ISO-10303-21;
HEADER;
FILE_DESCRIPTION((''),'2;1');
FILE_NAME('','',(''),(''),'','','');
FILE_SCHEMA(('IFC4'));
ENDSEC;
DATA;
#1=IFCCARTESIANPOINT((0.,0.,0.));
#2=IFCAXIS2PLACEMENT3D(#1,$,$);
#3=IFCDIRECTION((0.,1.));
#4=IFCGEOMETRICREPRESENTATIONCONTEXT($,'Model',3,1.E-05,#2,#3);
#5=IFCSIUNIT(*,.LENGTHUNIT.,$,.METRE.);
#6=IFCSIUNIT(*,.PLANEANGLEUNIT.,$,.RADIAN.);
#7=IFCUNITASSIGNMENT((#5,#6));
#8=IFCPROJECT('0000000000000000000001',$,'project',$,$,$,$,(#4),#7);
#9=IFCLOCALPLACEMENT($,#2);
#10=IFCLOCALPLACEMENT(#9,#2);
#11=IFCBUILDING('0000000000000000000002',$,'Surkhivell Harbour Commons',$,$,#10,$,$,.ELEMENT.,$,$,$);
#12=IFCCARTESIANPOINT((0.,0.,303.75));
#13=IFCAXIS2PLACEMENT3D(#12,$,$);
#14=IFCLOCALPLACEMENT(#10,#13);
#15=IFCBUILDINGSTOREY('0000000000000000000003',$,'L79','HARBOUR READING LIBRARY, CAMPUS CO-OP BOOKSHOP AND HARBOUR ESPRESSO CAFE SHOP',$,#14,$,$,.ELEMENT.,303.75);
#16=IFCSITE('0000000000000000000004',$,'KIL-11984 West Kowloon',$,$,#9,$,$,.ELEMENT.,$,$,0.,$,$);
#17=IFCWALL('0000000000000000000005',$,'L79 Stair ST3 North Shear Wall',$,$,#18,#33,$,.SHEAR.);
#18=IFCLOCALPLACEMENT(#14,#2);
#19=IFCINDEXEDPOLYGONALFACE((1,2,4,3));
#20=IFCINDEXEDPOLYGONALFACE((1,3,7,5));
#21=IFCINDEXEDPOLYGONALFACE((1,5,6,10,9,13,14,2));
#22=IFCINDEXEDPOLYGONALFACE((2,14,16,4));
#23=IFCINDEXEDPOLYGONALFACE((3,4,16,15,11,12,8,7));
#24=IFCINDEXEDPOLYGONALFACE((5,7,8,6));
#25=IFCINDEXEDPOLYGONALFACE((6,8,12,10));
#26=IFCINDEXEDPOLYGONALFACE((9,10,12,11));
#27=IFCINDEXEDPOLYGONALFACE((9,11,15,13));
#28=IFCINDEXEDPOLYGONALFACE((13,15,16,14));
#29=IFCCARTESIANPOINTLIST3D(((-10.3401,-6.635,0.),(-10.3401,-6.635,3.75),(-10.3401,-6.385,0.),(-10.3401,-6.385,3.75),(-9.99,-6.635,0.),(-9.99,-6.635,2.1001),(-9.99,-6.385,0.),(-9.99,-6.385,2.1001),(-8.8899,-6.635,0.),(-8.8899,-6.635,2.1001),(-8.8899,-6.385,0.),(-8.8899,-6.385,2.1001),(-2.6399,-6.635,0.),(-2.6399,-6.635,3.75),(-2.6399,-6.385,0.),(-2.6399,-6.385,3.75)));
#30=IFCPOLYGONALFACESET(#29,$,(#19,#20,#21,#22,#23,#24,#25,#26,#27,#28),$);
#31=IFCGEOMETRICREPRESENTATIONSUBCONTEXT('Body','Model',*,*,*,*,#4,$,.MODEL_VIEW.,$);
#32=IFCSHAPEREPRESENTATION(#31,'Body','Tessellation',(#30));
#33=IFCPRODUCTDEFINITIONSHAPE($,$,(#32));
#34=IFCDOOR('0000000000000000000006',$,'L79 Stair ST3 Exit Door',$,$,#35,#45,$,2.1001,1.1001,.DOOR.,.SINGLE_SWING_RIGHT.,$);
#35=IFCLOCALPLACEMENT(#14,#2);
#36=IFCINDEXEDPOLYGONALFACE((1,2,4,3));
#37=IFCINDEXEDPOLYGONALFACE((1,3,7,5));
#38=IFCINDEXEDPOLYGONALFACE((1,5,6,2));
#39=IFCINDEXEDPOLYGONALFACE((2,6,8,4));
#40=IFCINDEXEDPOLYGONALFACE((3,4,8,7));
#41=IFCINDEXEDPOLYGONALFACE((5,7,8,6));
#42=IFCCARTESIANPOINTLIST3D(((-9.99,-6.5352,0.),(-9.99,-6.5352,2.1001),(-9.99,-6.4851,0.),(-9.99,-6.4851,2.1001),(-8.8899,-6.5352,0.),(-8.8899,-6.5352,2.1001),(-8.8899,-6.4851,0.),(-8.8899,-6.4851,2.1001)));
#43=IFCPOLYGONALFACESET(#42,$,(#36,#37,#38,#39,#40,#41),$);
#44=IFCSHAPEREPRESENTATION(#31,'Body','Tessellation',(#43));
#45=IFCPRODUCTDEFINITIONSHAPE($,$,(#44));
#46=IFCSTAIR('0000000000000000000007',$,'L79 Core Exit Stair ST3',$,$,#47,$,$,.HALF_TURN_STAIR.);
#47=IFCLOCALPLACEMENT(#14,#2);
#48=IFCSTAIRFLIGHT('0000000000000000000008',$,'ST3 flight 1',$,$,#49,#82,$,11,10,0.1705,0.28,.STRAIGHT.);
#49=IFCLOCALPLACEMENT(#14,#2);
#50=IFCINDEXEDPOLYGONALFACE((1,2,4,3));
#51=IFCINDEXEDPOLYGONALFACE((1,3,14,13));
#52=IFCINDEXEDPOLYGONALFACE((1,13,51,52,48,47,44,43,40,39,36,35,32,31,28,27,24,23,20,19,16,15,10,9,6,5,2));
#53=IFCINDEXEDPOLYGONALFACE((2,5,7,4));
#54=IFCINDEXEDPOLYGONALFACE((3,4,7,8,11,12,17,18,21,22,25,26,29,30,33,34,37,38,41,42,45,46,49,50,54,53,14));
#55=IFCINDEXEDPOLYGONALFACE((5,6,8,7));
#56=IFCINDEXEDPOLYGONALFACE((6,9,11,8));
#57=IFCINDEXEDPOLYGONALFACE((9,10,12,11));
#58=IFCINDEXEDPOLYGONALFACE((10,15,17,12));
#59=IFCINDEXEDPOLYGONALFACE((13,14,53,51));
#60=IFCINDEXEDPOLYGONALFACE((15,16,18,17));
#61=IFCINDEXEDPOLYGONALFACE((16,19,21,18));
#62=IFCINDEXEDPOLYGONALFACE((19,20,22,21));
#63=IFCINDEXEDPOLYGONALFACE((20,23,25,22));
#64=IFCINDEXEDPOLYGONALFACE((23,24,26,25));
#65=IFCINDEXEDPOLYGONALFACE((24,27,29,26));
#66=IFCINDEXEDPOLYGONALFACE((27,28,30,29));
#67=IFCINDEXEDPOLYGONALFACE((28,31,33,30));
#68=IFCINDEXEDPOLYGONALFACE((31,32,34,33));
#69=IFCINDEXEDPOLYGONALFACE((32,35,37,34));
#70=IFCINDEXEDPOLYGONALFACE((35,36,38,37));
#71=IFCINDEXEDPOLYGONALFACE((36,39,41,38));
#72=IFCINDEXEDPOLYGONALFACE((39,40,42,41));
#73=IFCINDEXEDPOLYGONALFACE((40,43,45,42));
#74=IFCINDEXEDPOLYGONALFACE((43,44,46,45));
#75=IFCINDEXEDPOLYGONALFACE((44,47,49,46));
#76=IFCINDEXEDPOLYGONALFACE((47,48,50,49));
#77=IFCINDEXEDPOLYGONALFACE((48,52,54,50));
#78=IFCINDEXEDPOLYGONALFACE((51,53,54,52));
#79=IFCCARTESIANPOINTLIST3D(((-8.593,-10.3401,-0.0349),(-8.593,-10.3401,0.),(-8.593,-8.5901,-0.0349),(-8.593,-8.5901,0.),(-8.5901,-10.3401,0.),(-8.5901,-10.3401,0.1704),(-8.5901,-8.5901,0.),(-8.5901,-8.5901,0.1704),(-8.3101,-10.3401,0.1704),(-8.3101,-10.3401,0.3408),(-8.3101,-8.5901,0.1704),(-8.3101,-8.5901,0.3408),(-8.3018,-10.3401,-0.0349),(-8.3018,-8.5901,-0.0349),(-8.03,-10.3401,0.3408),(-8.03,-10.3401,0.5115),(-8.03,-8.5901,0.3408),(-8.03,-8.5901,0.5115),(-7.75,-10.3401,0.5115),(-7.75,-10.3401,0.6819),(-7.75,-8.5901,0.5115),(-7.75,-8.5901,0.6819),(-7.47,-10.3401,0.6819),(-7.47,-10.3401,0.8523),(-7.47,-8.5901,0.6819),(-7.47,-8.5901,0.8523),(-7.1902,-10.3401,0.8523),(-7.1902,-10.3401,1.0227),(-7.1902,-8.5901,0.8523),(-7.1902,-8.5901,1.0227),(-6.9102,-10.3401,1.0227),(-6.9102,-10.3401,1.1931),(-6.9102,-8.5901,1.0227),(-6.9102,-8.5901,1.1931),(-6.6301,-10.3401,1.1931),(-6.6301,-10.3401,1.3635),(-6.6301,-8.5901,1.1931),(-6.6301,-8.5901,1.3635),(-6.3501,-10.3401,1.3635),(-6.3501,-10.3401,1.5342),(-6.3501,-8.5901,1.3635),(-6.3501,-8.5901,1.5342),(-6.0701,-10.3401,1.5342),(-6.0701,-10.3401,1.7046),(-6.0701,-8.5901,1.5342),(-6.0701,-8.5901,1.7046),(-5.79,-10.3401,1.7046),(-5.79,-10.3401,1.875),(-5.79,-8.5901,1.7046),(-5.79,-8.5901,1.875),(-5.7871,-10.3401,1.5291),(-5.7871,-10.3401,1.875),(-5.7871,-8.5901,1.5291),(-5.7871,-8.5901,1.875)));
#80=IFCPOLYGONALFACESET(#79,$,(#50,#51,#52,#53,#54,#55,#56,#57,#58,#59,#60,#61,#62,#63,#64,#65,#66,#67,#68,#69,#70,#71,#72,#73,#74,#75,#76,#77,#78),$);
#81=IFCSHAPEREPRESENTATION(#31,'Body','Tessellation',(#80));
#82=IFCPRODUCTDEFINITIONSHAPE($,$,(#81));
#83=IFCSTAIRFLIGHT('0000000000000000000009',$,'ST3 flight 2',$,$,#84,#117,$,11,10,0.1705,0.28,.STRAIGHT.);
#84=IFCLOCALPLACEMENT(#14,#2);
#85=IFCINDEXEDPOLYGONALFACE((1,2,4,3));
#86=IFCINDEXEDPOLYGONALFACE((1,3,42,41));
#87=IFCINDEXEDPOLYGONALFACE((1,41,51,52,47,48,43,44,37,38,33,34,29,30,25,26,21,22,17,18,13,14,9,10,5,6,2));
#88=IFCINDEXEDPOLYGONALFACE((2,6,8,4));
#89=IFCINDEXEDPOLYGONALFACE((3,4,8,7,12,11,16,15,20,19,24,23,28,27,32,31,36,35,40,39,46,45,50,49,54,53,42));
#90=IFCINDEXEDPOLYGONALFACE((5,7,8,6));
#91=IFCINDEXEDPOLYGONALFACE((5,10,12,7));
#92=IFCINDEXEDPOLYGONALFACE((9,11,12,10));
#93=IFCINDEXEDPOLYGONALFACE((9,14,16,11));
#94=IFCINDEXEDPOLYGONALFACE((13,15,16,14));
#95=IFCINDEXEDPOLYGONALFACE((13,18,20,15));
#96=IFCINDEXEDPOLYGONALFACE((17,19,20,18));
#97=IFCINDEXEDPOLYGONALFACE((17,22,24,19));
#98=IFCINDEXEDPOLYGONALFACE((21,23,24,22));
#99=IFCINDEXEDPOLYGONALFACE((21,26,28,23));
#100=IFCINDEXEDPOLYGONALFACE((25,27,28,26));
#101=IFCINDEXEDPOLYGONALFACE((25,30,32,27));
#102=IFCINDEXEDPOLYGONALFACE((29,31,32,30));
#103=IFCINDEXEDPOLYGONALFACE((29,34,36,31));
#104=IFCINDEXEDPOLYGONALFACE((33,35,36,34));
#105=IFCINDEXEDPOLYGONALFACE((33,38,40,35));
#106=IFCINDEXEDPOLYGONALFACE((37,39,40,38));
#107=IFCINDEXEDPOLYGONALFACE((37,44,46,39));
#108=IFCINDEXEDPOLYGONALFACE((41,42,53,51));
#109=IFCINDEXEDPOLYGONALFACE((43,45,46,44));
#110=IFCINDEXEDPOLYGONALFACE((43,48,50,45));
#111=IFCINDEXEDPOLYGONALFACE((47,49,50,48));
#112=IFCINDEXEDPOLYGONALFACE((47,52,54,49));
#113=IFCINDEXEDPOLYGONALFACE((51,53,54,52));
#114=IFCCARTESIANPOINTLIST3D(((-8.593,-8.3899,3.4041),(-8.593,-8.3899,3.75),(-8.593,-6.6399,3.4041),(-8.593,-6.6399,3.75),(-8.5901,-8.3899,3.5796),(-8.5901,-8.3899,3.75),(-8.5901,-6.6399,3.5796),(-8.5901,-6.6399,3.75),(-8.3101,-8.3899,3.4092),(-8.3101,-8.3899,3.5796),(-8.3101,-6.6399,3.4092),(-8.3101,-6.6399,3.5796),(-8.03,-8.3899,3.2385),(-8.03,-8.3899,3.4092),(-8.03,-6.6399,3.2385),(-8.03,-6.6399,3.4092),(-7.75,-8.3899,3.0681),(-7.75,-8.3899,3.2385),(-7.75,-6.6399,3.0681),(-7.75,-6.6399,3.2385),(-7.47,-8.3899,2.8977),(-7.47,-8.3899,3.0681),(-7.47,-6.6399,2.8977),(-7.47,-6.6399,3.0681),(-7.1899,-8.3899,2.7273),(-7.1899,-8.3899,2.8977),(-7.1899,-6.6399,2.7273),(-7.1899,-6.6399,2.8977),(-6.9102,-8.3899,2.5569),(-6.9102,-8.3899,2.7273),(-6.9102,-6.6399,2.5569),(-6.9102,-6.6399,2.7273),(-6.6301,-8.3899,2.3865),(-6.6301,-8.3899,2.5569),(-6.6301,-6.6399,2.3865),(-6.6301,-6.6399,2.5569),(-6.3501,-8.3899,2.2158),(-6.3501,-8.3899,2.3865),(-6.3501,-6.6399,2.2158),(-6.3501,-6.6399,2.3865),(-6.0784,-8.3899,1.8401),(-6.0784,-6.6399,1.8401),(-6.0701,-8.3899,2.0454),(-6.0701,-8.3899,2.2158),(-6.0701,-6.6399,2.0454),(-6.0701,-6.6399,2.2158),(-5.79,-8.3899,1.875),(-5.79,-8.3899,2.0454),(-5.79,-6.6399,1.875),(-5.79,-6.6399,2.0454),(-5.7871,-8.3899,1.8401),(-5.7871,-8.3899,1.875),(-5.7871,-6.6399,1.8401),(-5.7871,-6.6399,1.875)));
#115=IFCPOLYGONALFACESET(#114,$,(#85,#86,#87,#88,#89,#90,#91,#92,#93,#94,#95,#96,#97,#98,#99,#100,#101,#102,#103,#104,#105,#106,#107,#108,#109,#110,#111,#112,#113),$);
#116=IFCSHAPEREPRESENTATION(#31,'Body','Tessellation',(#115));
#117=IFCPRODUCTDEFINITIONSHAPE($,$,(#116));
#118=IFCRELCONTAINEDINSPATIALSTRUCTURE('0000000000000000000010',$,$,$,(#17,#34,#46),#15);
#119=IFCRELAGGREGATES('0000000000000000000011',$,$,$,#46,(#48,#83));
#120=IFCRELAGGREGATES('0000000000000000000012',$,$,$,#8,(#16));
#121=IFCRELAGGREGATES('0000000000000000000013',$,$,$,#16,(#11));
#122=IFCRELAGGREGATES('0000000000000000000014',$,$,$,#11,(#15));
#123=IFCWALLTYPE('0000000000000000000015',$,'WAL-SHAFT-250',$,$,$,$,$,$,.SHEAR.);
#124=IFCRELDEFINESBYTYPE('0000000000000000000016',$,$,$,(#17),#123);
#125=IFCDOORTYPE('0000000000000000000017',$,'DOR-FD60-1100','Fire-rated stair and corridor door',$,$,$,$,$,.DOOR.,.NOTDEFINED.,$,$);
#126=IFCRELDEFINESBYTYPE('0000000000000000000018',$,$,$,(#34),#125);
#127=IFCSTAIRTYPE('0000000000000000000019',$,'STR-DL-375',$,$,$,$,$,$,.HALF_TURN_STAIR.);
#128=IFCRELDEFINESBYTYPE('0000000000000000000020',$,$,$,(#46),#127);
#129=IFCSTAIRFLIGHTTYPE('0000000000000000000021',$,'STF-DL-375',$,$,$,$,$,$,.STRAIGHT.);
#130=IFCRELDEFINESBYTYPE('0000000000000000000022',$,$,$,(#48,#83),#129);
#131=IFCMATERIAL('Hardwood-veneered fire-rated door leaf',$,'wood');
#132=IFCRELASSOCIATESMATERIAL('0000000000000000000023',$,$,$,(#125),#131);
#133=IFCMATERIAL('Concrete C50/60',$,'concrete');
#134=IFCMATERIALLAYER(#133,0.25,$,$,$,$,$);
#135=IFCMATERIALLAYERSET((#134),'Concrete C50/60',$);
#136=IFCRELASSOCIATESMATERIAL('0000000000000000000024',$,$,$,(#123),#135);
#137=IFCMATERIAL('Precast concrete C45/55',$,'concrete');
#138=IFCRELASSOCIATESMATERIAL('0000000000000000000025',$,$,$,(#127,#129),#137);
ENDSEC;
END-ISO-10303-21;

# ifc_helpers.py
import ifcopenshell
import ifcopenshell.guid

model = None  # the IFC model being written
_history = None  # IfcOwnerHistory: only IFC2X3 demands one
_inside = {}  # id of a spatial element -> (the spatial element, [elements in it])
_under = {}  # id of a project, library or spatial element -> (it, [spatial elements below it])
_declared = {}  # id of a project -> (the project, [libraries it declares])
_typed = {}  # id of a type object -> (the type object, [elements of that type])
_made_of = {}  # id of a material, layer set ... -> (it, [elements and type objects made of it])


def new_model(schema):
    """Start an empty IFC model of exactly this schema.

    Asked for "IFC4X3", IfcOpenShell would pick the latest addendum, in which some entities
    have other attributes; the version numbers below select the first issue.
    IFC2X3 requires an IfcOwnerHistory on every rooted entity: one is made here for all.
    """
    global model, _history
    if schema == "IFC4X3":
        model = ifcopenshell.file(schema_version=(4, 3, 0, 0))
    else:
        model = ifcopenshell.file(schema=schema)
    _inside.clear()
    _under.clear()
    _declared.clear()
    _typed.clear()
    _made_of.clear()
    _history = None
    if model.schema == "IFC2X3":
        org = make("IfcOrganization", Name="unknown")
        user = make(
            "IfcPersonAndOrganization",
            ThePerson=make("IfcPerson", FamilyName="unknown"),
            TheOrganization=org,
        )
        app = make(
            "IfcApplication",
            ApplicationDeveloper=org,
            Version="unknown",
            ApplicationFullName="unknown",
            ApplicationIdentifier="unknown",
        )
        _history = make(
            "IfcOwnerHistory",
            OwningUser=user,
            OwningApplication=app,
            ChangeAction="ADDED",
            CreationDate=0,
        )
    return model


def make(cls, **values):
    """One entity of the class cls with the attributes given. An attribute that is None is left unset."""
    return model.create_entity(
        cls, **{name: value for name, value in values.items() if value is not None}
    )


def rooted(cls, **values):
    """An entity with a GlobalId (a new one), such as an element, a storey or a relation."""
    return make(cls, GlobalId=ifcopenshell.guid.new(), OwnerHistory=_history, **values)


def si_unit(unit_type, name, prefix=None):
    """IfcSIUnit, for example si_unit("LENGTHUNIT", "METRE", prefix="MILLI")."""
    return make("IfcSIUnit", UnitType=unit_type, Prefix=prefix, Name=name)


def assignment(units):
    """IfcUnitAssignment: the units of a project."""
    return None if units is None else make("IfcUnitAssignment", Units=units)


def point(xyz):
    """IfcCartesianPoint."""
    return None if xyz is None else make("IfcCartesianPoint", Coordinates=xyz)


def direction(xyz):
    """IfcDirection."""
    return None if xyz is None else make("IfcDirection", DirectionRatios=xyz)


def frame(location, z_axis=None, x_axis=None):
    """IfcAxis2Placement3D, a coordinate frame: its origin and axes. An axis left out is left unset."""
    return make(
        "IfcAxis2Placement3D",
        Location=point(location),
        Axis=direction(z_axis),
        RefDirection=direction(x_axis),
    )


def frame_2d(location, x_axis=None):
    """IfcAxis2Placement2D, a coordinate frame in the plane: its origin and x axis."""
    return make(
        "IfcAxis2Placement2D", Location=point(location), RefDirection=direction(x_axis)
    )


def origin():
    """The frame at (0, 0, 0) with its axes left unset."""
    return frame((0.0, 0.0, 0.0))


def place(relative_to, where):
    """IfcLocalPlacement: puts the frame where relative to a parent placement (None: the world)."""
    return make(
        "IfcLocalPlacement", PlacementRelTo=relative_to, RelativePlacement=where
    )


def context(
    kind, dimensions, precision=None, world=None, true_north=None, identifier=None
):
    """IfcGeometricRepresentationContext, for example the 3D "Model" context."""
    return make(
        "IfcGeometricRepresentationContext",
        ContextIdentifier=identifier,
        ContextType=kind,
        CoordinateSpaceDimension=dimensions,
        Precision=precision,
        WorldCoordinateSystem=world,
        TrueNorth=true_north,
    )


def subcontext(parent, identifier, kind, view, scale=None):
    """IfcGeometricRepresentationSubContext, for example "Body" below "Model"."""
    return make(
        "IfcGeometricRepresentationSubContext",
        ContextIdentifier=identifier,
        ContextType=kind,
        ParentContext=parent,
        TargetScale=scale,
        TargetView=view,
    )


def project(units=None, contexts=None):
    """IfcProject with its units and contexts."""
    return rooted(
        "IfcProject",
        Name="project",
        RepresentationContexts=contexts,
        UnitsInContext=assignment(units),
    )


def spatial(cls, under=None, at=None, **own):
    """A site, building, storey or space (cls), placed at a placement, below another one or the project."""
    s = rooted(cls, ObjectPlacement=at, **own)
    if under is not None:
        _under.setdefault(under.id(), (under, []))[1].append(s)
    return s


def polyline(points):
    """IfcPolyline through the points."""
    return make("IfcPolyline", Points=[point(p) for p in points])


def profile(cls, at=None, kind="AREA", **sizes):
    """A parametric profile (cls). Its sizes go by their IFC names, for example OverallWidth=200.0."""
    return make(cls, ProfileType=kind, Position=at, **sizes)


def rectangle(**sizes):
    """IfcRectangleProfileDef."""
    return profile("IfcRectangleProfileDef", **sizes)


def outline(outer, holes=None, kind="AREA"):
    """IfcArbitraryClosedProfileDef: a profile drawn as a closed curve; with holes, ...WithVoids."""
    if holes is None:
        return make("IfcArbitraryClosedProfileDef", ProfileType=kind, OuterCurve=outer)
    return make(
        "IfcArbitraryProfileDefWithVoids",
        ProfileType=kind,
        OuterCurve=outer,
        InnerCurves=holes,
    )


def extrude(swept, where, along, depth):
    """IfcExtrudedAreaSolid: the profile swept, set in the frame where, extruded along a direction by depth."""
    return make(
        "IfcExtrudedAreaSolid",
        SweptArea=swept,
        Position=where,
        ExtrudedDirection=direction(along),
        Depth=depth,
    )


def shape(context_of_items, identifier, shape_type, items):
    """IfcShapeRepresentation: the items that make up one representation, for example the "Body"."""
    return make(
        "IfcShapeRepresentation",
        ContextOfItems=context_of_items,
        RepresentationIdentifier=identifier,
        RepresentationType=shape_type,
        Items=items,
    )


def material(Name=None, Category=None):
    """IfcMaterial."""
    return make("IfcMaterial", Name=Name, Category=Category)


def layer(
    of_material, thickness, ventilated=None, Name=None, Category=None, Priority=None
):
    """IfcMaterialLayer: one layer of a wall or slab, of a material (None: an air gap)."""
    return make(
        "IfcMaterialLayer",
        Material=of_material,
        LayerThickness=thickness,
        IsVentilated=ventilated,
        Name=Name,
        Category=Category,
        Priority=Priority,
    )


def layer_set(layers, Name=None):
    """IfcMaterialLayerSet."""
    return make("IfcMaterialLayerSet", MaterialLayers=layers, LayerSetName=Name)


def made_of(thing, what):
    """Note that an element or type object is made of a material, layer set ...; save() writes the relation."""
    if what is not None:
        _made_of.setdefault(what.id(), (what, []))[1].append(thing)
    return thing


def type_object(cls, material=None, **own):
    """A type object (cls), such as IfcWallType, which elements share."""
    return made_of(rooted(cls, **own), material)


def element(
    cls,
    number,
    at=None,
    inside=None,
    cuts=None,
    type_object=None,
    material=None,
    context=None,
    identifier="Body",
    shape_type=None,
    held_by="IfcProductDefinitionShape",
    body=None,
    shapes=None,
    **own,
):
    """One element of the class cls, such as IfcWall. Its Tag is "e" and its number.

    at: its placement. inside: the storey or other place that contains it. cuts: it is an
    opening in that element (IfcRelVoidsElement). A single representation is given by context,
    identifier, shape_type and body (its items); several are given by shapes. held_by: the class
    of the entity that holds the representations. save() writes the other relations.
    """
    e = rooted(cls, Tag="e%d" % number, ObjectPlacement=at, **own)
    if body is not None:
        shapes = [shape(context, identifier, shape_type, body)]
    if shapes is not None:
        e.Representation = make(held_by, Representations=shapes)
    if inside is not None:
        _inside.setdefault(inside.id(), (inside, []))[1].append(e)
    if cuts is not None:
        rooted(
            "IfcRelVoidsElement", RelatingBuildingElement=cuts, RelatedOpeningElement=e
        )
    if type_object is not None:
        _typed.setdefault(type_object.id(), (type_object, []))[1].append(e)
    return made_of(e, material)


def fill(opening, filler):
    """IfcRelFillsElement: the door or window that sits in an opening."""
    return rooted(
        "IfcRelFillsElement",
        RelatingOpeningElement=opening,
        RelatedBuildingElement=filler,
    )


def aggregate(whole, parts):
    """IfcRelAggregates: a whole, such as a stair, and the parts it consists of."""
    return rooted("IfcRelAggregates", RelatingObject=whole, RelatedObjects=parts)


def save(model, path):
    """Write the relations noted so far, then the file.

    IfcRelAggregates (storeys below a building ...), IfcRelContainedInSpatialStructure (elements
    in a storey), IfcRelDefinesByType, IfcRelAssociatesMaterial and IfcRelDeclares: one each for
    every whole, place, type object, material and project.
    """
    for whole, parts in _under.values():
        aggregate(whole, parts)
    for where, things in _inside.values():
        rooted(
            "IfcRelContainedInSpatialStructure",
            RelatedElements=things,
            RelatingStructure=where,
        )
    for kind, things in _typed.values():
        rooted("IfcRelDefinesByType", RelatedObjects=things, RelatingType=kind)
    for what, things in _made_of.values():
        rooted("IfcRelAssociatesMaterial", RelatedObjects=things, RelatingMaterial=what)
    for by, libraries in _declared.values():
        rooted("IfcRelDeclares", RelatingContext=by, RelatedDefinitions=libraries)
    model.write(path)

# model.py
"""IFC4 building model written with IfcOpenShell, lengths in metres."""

from ifc_helpers import new_model, si_unit, direction, frame, frame_2d, origin, place, context, subcontext, project, spatial, polyline, rectangle, outline, extrude, material, layer, layer_set, type_object, element, fill, aggregate, save


model = new_model("IFC4")

# Units and contexts
model_context = context("Model", 3, precision=1e-05, world=origin(), true_north=direction((0.0, 1.0)))
body_context = subcontext(model_context, "Body", "Model", "MODEL_VIEW")
ifc_project = project(units=[si_unit("LENGTHUNIT", "METRE"), si_unit("PLANEANGLEUNIT", "RADIAN")], contexts=[model_context])

# Site, building, storey
site_placement = place(None, origin())
site = spatial("IfcSite", under=ifc_project, at=site_placement, Name="KIL-11984 West Kowloon", CompositionType="ELEMENT", RefElevation=0.0)
building_placement = place(site_placement, origin())
building = spatial("IfcBuilding", under=site, at=building_placement, Name="Surkhivell Harbour Commons", CompositionType="ELEMENT")
storey_placement = place(building_placement, frame((0.0, 0.0, 303.75)))
storey = spatial("IfcBuildingStorey", under=building, at=storey_placement, Name="L79", Description="HARBOUR READING LIBRARY, CAMPUS CO-OP BOOKSHOP AND HARBOUR ESPRESSO CAFE SHOP", CompositionType="ELEMENT", Elevation=303.75)

# Shared definitions
ifc_material_1 = material(Name="Concrete C50/60", Category="concrete")

# Shared definitions
ifc_material_2 = material(Name="Hardwood-veneered fire-rated door leaf", Category="wood")
door_type_1 = type_object("IfcDoorType", Name="DOR-FD60-1100", Description="Fire-rated stair and corridor door", OperationType="NOTDEFINED", PredefinedType="DOOR", material=ifc_material_2)

# Shared definitions
ifc_layer_1 = layer(ifc_material_1, 0.25)
ifc_layer_set_1 = layer_set([ifc_layer_1], Name="Concrete C50/60")
wall_type_1 = type_object("IfcWallType", Name="WAL-SHAFT-250", PredefinedType="SHEAR", material=ifc_layer_set_1)

# Wall, opening, door
wall_1_placement = place(storey_placement, frame((-10.3401, -6.51, 0.0), z_axis=(0.0, 0.0, 1.0), x_axis=(1.0, 0.0, 0.0)))
wall_1 = element("IfcWall", 1, at=wall_1_placement, inside=storey, type_object=wall_type_1, Name="L79 Stair ST3 North Shear Wall", PredefinedType="SHEAR", context=body_context, shape_type="SweptSolid", body=[
    extrude(rectangle(XDim=7.7002, YDim=0.25, at=frame_2d((3.8501, 0.0))), origin(), (0.0, 0.0, 1.0), 3.75),
])
opening_1_placement = place(wall_1_placement, frame((0.3501, 0.0, 0.0)))
opening_1 = element("IfcOpeningElement", 2, at=opening_1_placement, cuts=wall_1, PredefinedType="OPENING", context=body_context, shape_type="SweptSolid", body=[
    extrude(rectangle(XDim=1.1001, YDim=2.1001, at=frame_2d((0.55, 1.05))), frame((0.0, 0.135, 0.0), z_axis=(0.0, -1.0, 0.0), x_axis=(1.0, 0.0, 0.0)), (0.0, 0.0, 1.0), 0.27),
])
door_1_placement = place(opening_1_placement, origin())
door_1 = element("IfcDoor", 3, at=door_1_placement, inside=storey, type_object=door_type_1, Name="L79 Stair ST3 Exit Door", OperationType="SINGLE_SWING_RIGHT", OverallHeight=2.1001, OverallWidth=1.1001, PredefinedType="DOOR", context=body_context, shape_type="SweptSolid", body=[
    extrude(rectangle(XDim=1.1001, YDim=2.1001, at=frame_2d((0.55, 1.05))), frame((0.0, 0.0249, 0.0), z_axis=(0.0, -1.0, 0.0), x_axis=(1.0, 0.0, 0.0)), (0.0, 0.0, 1.0), 0.05),
])
fill(opening_1, door_1)

# Stair, stair flights
ifc_material_3 = material(Name="Precast concrete C45/55", Category="concrete")
stair_type = type_object("IfcStairType", Name="STR-DL-375", PredefinedType="HALF_TURN_STAIR", material=ifc_material_3)
stair_placement = place(storey_placement, origin())
stair = element("IfcStair", 4, at=stair_placement, inside=storey, type_object=stair_type, Name="L79 Core Exit Stair ST3", PredefinedType="HALF_TURN_STAIR")
stair_flight_type = type_object("IfcStairFlightType", Name="STF-DL-375", PredefinedType="STRAIGHT", material=ifc_material_3)
stair_flight_1_placement = place(storey_placement, frame((-8.5901, -9.4651, 0.0), z_axis=(0.0, 0.0, 1.0), x_axis=(1.0, 0.0, 0.0)))
stair_flight_1 = element("IfcStairFlight", 5, at=stair_flight_1_placement, type_object=stair_flight_type, Name="ST3 flight 1", NumberOfRisers=11, NumberOfTreads=10, PredefinedType="STRAIGHT", RiserHeight=0.1705, TreadLength=0.28, context=body_context, shape_type="SweptSolid", body=[
    extrude(outline(polyline([(-0.0029, -0.0349), (-0.0029, 0.0), (0.0, 0.0), (0.0, 0.1704), (0.28, 0.1704), (0.28, 0.3408), (0.5601, 0.3408), (0.5601, 0.5115), (0.8401, 0.5115), (0.8401, 0.6819), (1.1201, 0.6819), (1.1201, 0.8523), (1.3999, 0.8523), (1.3999, 1.0227), (1.6799, 1.0227), (1.6799, 1.1931), (1.96, 1.1931), (1.96, 1.3635), (2.24, 1.3635), (2.24, 1.5342), (2.52, 1.5342), (2.52, 1.7046), (2.8, 1.7046), (2.8, 1.875), (2.803, 1.875), (2.803, 1.5291), (0.2883, -0.0349), (-0.0029, -0.0349)])), frame((0.0, 0.875, 0.0), z_axis=(0.0, -1.0, 0.0), x_axis=(1.0, 0.0, 0.0)), (0.0, 0.0, 1.0), 1.75),
])
stair_flight_2_placement = place(storey_placement, frame((-5.79, -7.5149, 1.875), z_axis=(0.0, 0.0, 1.0), x_axis=(-1.0, 0.0, 0.0)))
stair_flight_2 = element("IfcStairFlight", 6, at=stair_flight_2_placement, type_object=stair_flight_type, Name="ST3 flight 2", NumberOfRisers=11, NumberOfTreads=10, PredefinedType="STRAIGHT", RiserHeight=0.1705, TreadLength=0.28, context=body_context, shape_type="SweptSolid", body=[
    extrude(outline(polyline([(-0.0029, -0.0349), (-0.0029, 0.0), (0.0, 0.0), (0.0, 0.1704), (0.28, 0.1704), (0.28, 0.3408), (0.5601, 0.3408), (0.5601, 0.5115), (0.8401, 0.5115), (0.8401, 0.6819), (1.1201, 0.6819), (1.1201, 0.8523), (1.3999, 0.8523), (1.3999, 1.0227), (1.6799, 1.0227), (1.6799, 1.1931), (1.96, 1.1931), (1.96, 1.3635), (2.24, 1.3635), (2.24, 1.5342), (2.52, 1.5342), (2.52, 1.7046), (2.8, 1.7046), (2.8, 1.875), (2.803, 1.875), (2.803, 1.5291), (0.2883, -0.0349), (-0.0029, -0.0349)])), frame((0.0, 0.875, 0.0), z_axis=(0.0, -1.0, 0.0), x_axis=(1.0, 0.0, 0.0)), (0.0, 0.0, 1.0), 1.75),
])
aggregate(stair, [stair_flight_1, stair_flight_2])

save(model, "model.ifc")
